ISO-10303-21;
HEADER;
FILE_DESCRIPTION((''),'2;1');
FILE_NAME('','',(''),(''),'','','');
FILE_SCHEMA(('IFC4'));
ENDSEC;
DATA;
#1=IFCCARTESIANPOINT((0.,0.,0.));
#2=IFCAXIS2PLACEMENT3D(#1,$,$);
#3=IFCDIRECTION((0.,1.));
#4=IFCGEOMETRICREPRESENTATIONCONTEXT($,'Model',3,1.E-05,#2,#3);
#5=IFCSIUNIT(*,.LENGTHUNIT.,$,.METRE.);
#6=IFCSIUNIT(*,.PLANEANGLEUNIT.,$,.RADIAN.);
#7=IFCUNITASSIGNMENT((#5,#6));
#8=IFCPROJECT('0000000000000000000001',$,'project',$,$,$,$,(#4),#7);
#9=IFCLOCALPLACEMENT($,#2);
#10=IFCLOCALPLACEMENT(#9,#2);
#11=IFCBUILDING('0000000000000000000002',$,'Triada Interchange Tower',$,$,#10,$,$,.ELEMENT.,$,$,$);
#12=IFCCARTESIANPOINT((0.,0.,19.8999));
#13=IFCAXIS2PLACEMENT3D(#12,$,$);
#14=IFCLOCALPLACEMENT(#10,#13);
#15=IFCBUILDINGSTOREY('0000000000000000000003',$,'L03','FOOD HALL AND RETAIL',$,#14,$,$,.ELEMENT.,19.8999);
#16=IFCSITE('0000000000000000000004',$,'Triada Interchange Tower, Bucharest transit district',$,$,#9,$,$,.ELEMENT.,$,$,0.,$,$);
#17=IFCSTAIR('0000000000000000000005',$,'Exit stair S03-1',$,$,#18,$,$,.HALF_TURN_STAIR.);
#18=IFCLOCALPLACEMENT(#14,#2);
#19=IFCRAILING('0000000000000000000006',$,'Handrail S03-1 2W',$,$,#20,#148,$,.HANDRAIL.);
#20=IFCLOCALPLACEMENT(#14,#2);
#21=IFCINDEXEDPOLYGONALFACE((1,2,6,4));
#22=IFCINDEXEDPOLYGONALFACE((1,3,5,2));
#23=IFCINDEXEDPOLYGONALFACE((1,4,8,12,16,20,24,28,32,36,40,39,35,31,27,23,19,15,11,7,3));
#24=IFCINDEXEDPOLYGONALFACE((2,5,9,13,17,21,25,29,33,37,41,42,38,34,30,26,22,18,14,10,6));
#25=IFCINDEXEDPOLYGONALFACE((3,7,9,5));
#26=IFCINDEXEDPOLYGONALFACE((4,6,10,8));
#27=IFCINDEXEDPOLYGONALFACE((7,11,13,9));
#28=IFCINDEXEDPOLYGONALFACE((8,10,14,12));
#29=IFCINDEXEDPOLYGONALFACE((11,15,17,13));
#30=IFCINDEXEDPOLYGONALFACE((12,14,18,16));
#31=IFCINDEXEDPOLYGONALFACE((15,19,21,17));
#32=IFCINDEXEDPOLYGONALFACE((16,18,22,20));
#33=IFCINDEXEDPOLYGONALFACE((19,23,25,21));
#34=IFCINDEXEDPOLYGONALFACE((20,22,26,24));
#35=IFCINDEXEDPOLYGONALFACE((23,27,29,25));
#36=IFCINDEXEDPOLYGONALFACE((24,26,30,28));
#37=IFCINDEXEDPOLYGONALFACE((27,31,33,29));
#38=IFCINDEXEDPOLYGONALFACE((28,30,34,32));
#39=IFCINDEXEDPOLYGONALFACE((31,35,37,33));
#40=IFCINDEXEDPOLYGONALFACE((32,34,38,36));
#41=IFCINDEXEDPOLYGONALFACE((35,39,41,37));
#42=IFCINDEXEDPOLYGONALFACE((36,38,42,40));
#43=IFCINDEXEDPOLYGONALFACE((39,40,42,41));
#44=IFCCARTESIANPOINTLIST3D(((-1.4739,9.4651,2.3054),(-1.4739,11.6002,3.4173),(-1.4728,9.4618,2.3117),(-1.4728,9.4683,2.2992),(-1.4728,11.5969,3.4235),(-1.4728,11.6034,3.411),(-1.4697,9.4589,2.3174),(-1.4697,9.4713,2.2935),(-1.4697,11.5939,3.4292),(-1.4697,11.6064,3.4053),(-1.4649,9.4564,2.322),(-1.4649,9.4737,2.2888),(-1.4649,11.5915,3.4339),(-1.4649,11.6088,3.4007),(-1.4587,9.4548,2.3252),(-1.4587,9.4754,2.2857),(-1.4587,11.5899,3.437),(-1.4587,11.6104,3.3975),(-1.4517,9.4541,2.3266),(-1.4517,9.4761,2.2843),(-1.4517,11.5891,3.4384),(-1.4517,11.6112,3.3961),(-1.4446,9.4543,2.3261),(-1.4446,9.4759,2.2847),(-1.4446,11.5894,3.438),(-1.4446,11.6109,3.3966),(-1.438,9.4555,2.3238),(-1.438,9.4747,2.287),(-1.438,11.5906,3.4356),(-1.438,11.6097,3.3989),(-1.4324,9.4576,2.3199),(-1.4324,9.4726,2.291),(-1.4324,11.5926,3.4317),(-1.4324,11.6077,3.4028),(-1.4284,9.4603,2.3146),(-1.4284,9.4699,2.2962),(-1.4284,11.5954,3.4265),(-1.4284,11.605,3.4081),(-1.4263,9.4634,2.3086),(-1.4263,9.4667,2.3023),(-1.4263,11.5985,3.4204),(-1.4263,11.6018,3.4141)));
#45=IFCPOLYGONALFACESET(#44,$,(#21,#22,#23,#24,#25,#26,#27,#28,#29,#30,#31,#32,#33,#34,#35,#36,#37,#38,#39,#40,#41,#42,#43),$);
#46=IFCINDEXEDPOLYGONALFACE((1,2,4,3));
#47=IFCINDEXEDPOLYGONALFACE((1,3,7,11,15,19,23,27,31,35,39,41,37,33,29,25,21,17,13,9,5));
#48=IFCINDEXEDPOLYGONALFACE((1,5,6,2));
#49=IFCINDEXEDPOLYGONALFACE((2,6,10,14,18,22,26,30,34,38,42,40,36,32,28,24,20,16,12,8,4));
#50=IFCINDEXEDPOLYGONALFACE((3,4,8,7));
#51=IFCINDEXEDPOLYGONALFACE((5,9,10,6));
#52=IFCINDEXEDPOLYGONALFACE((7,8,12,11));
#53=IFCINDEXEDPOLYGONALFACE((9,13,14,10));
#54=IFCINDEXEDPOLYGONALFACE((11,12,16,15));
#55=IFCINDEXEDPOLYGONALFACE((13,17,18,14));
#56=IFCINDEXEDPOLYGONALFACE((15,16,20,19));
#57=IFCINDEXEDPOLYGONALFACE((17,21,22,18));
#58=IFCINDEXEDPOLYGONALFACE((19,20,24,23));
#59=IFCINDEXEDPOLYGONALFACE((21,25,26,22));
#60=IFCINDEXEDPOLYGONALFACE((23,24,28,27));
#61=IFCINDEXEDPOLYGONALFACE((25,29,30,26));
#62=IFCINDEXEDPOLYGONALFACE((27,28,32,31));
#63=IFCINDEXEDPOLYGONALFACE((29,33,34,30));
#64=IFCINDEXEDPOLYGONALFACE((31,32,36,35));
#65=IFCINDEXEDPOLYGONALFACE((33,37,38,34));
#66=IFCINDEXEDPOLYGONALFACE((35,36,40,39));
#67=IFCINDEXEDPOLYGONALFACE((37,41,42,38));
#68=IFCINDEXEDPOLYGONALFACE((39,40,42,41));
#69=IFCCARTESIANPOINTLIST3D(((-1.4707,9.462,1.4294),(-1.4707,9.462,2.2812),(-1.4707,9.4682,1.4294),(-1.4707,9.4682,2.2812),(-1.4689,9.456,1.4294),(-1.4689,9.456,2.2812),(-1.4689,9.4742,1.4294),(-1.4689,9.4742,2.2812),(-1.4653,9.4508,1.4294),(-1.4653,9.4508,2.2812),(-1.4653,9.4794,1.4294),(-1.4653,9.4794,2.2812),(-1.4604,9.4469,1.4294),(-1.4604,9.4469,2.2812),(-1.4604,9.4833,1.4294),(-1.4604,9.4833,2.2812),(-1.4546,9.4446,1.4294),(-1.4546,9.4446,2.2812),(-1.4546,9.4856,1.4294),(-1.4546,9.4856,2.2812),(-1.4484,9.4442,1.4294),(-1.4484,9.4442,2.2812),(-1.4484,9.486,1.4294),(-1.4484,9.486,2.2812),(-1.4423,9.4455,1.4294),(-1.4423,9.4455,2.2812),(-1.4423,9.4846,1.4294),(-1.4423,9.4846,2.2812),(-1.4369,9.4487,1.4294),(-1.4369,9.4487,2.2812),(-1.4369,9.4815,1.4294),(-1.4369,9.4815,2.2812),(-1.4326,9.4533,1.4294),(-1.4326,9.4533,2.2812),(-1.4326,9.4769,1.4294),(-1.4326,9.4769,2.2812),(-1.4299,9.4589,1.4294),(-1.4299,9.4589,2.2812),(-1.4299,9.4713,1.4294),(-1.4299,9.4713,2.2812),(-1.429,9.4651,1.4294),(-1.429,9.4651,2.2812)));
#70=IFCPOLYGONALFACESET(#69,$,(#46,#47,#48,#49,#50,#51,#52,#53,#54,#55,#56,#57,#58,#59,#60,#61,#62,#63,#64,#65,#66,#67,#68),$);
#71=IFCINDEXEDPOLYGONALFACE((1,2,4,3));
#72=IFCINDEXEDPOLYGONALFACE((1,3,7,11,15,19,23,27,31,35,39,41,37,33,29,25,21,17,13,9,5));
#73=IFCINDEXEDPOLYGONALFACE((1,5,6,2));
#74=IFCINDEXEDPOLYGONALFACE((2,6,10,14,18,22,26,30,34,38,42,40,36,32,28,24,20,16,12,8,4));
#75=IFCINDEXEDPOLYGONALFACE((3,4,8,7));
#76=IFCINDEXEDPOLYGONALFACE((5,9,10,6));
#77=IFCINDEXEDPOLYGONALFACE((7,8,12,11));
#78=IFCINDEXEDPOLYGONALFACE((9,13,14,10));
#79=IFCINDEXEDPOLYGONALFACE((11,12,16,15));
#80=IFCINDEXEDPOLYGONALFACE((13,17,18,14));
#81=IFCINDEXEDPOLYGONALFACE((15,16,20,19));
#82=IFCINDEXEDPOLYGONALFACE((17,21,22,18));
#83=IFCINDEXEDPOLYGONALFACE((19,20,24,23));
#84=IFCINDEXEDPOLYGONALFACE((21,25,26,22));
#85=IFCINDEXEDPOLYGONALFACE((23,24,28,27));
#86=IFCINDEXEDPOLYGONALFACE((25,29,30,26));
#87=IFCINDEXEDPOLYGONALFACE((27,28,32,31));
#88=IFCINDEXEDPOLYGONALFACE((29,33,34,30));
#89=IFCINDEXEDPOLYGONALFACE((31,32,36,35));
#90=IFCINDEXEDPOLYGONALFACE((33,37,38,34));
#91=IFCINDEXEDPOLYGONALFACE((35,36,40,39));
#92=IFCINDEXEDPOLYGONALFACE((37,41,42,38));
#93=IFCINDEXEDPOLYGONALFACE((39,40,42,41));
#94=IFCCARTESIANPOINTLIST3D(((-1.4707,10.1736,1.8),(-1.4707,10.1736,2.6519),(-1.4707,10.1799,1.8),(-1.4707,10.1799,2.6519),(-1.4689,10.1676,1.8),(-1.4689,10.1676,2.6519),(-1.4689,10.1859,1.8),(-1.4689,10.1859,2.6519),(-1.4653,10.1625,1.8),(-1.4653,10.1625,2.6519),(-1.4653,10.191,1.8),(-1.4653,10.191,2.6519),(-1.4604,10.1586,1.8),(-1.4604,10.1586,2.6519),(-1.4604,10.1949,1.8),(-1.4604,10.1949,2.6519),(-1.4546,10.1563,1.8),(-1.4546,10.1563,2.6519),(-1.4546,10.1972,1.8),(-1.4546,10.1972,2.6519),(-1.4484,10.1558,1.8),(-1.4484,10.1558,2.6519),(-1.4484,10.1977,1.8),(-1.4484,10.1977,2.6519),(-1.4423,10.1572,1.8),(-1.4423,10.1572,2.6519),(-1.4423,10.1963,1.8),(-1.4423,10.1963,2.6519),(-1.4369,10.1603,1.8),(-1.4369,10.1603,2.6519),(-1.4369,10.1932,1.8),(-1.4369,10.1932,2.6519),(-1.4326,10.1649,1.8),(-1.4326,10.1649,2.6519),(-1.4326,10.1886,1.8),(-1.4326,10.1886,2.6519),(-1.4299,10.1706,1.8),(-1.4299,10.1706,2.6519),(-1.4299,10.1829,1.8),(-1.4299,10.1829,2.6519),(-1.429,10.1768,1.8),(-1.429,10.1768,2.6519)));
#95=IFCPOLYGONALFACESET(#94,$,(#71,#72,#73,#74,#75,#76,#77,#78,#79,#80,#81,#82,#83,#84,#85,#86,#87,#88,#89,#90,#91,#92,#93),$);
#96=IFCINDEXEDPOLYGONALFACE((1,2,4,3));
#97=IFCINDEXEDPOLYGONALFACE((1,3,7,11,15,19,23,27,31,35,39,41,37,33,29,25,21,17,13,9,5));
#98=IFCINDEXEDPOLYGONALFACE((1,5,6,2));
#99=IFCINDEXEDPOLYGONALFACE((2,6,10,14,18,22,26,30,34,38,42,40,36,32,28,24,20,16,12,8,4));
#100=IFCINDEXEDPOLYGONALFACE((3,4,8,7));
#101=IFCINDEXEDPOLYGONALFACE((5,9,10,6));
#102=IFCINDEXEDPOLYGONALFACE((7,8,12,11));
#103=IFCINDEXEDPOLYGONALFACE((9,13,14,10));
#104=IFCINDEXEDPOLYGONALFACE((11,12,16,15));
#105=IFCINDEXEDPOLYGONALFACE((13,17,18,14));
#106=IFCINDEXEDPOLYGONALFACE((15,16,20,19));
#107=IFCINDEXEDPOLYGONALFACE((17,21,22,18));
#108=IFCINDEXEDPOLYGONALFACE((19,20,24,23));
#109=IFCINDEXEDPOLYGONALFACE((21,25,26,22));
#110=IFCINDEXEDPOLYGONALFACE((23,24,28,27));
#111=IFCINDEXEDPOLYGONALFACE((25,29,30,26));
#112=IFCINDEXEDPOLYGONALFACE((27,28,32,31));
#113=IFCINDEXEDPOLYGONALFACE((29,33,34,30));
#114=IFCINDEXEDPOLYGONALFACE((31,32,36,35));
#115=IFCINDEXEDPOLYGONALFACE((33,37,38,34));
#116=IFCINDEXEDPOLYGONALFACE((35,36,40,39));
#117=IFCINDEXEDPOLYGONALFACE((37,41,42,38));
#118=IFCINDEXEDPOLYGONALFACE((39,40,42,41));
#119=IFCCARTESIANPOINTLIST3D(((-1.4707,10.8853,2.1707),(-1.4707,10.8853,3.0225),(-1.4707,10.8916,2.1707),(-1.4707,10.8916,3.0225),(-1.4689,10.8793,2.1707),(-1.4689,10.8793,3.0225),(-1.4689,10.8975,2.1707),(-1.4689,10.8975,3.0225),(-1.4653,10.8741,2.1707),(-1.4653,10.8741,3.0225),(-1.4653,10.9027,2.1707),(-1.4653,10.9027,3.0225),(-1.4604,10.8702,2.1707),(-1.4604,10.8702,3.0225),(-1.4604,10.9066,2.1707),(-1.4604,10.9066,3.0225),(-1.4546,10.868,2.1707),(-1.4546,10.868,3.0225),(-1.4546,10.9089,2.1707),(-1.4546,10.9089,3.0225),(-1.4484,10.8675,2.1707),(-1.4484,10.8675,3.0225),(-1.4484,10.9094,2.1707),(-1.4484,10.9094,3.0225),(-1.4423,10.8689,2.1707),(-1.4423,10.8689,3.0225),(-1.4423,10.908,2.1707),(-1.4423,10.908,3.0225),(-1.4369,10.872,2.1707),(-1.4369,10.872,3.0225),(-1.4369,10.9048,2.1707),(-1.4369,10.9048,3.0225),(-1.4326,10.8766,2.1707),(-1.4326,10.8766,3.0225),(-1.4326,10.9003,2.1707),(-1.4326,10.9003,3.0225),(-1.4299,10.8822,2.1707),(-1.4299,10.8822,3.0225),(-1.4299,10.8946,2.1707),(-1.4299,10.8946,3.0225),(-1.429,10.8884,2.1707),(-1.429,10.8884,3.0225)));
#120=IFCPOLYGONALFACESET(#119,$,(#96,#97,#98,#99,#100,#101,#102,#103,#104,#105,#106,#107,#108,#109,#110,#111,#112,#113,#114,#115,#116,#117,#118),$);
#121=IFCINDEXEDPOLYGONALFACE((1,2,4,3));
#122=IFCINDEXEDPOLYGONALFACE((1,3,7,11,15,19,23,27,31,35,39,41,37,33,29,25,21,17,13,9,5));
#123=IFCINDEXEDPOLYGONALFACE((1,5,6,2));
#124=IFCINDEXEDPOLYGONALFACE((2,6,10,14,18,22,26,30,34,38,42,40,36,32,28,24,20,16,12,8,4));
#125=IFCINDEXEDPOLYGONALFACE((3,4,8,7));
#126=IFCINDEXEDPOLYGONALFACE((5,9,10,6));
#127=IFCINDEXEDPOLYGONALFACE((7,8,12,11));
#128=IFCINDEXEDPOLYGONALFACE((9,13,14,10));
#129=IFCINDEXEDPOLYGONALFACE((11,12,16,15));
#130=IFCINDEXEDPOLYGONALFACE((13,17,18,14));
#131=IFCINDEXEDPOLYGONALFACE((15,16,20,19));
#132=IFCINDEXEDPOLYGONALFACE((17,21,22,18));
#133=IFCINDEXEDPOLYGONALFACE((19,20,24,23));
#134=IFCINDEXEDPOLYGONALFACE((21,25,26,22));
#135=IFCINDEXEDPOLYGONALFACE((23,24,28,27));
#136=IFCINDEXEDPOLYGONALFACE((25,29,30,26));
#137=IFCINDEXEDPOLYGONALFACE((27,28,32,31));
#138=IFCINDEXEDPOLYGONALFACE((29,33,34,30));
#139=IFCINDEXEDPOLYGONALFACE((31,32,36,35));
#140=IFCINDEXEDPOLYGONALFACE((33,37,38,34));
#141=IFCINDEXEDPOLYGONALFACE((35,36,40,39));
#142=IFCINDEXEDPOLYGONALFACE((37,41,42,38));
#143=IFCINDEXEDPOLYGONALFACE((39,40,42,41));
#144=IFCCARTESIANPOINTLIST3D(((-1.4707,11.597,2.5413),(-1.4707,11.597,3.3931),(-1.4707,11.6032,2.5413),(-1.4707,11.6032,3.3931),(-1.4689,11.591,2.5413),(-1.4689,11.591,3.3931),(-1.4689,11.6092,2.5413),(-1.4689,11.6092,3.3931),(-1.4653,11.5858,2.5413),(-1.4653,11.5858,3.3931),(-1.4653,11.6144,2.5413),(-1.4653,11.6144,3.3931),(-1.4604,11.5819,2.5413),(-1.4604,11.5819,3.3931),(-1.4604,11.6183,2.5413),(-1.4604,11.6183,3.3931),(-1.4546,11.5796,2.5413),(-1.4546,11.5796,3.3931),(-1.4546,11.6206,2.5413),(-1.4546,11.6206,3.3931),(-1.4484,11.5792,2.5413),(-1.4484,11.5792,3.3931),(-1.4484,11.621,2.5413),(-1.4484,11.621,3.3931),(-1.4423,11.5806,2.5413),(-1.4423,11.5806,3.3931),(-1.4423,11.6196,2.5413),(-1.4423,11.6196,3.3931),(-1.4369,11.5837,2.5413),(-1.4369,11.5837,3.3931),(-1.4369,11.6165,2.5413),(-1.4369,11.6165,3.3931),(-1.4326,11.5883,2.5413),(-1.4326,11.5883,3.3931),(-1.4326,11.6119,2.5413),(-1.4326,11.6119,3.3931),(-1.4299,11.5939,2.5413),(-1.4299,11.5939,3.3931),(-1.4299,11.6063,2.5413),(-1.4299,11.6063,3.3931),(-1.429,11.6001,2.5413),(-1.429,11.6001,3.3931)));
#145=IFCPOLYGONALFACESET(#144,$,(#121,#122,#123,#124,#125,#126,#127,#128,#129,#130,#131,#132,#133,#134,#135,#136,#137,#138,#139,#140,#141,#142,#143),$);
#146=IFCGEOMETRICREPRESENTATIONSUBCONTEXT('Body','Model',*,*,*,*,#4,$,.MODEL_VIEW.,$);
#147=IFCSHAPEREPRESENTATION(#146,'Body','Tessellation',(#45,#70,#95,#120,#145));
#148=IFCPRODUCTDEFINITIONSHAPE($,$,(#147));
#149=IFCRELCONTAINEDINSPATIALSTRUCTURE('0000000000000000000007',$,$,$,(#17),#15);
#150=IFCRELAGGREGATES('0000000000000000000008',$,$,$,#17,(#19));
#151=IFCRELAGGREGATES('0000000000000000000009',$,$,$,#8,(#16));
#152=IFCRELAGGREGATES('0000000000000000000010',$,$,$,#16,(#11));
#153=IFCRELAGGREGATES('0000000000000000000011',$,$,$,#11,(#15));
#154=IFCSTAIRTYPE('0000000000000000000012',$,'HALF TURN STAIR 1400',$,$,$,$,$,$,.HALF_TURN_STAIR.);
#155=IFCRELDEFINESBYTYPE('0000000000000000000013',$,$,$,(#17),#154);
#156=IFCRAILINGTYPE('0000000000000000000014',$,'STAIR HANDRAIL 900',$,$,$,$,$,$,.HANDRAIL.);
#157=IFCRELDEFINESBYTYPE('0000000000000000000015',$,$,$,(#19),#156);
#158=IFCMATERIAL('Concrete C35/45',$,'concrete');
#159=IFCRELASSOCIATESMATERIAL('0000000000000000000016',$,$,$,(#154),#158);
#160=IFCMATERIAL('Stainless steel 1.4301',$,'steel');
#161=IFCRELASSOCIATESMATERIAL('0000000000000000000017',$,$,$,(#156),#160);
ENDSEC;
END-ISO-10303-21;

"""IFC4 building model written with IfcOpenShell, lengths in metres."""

from ifc_helpers import new_model, si_unit, direction, frame, origin, origin_2d, place, context, subcontext, project, spatial, circle, extrude, material, type_object, element, aggregate, save


model = new_model("IFC4")

# Units and contexts
model_context = context("Model", 3, precision=1e-05, world=origin(), true_north=direction((0.0, 1.0)))
body_context = subcontext(model_context, "Body", "Model", "MODEL_VIEW")
ifc_project = project(units=[si_unit("LENGTHUNIT", "METRE"), si_unit("PLANEANGLEUNIT", "RADIAN")], contexts=[model_context])

# Site, building, storey
site_placement = place(None, origin())
site = spatial("IfcSite", under=ifc_project, at=site_placement, Name="Triada Interchange Tower, Bucharest transit district", CompositionType="ELEMENT", RefElevation=0.0)
building_placement = place(site_placement, origin())
building = spatial("IfcBuilding", under=site, at=building_placement, Name="Triada Interchange Tower", CompositionType="ELEMENT")
storey_placement = place(building_placement, frame((0.0, 0.0, 19.8999)))
storey = spatial("IfcBuildingStorey", under=building, at=storey_placement, Name="L03", Description="FOOD HALL AND RETAIL", CompositionType="ELEMENT", Elevation=19.8999)

# Stair, railing
ifc_material_1 = material(Name="Concrete C35/45", Category="concrete")
stair_type = type_object("IfcStairType", Name="HALF TURN STAIR 1400", PredefinedType="HALF_TURN_STAIR", material=ifc_material_1)
stair_placement = place(storey_placement, origin())
stair = element("IfcStair", 1, at=stair_placement, inside=storey, type_object=stair_type, Name="Exit stair S03-1", PredefinedType="HALF_TURN_STAIR")
ifc_material_2 = material(Name="Stainless steel 1.4301", Category="steel")
railing_type = type_object("IfcRailingType", Name="STAIR HANDRAIL 900", PredefinedType="HANDRAIL", material=ifc_material_2)
railing_1_placement = place(storey_placement, frame((-1.45, 9.4651, 1.4294)))
railing_1 = element("IfcRailing", 2, at=railing_1_placement, type_object=railing_type, Name="Handrail S03-1 2W", PredefinedType="HANDRAIL", context=body_context, shape_type="SweptSolid", body=[
    extrude(circle(Radius=0.0239, at=origin_2d()), frame((0.0, 0.0, 0.876), z_axis=(0.0, 0.886943, 0.46188), x_axis=(-1.0, 0.0, 0.0)), (0.0, 0.0, 1.0), 2.4072),
    extrude(circle(Radius=0.021, at=origin_2d()), origin(), (0.0, 0.0, 1.0), 0.8518),
    extrude(circle(Radius=0.021, at=origin_2d()), frame((0.0, 0.7117, 0.3706)), (0.0, 0.0, 1.0), 0.8518),
    extrude(circle(Radius=0.021, at=origin_2d()), frame((0.0, 1.4233, 0.7412)), (0.0, 0.0, 1.0), 0.8518),
    extrude(circle(Radius=0.021, at=origin_2d()), frame((0.0, 2.135, 1.1118)), (0.0, 0.0, 1.0), 0.8518),
])
aggregate(stair, [railing_1])

save(model, "model.ifc")
